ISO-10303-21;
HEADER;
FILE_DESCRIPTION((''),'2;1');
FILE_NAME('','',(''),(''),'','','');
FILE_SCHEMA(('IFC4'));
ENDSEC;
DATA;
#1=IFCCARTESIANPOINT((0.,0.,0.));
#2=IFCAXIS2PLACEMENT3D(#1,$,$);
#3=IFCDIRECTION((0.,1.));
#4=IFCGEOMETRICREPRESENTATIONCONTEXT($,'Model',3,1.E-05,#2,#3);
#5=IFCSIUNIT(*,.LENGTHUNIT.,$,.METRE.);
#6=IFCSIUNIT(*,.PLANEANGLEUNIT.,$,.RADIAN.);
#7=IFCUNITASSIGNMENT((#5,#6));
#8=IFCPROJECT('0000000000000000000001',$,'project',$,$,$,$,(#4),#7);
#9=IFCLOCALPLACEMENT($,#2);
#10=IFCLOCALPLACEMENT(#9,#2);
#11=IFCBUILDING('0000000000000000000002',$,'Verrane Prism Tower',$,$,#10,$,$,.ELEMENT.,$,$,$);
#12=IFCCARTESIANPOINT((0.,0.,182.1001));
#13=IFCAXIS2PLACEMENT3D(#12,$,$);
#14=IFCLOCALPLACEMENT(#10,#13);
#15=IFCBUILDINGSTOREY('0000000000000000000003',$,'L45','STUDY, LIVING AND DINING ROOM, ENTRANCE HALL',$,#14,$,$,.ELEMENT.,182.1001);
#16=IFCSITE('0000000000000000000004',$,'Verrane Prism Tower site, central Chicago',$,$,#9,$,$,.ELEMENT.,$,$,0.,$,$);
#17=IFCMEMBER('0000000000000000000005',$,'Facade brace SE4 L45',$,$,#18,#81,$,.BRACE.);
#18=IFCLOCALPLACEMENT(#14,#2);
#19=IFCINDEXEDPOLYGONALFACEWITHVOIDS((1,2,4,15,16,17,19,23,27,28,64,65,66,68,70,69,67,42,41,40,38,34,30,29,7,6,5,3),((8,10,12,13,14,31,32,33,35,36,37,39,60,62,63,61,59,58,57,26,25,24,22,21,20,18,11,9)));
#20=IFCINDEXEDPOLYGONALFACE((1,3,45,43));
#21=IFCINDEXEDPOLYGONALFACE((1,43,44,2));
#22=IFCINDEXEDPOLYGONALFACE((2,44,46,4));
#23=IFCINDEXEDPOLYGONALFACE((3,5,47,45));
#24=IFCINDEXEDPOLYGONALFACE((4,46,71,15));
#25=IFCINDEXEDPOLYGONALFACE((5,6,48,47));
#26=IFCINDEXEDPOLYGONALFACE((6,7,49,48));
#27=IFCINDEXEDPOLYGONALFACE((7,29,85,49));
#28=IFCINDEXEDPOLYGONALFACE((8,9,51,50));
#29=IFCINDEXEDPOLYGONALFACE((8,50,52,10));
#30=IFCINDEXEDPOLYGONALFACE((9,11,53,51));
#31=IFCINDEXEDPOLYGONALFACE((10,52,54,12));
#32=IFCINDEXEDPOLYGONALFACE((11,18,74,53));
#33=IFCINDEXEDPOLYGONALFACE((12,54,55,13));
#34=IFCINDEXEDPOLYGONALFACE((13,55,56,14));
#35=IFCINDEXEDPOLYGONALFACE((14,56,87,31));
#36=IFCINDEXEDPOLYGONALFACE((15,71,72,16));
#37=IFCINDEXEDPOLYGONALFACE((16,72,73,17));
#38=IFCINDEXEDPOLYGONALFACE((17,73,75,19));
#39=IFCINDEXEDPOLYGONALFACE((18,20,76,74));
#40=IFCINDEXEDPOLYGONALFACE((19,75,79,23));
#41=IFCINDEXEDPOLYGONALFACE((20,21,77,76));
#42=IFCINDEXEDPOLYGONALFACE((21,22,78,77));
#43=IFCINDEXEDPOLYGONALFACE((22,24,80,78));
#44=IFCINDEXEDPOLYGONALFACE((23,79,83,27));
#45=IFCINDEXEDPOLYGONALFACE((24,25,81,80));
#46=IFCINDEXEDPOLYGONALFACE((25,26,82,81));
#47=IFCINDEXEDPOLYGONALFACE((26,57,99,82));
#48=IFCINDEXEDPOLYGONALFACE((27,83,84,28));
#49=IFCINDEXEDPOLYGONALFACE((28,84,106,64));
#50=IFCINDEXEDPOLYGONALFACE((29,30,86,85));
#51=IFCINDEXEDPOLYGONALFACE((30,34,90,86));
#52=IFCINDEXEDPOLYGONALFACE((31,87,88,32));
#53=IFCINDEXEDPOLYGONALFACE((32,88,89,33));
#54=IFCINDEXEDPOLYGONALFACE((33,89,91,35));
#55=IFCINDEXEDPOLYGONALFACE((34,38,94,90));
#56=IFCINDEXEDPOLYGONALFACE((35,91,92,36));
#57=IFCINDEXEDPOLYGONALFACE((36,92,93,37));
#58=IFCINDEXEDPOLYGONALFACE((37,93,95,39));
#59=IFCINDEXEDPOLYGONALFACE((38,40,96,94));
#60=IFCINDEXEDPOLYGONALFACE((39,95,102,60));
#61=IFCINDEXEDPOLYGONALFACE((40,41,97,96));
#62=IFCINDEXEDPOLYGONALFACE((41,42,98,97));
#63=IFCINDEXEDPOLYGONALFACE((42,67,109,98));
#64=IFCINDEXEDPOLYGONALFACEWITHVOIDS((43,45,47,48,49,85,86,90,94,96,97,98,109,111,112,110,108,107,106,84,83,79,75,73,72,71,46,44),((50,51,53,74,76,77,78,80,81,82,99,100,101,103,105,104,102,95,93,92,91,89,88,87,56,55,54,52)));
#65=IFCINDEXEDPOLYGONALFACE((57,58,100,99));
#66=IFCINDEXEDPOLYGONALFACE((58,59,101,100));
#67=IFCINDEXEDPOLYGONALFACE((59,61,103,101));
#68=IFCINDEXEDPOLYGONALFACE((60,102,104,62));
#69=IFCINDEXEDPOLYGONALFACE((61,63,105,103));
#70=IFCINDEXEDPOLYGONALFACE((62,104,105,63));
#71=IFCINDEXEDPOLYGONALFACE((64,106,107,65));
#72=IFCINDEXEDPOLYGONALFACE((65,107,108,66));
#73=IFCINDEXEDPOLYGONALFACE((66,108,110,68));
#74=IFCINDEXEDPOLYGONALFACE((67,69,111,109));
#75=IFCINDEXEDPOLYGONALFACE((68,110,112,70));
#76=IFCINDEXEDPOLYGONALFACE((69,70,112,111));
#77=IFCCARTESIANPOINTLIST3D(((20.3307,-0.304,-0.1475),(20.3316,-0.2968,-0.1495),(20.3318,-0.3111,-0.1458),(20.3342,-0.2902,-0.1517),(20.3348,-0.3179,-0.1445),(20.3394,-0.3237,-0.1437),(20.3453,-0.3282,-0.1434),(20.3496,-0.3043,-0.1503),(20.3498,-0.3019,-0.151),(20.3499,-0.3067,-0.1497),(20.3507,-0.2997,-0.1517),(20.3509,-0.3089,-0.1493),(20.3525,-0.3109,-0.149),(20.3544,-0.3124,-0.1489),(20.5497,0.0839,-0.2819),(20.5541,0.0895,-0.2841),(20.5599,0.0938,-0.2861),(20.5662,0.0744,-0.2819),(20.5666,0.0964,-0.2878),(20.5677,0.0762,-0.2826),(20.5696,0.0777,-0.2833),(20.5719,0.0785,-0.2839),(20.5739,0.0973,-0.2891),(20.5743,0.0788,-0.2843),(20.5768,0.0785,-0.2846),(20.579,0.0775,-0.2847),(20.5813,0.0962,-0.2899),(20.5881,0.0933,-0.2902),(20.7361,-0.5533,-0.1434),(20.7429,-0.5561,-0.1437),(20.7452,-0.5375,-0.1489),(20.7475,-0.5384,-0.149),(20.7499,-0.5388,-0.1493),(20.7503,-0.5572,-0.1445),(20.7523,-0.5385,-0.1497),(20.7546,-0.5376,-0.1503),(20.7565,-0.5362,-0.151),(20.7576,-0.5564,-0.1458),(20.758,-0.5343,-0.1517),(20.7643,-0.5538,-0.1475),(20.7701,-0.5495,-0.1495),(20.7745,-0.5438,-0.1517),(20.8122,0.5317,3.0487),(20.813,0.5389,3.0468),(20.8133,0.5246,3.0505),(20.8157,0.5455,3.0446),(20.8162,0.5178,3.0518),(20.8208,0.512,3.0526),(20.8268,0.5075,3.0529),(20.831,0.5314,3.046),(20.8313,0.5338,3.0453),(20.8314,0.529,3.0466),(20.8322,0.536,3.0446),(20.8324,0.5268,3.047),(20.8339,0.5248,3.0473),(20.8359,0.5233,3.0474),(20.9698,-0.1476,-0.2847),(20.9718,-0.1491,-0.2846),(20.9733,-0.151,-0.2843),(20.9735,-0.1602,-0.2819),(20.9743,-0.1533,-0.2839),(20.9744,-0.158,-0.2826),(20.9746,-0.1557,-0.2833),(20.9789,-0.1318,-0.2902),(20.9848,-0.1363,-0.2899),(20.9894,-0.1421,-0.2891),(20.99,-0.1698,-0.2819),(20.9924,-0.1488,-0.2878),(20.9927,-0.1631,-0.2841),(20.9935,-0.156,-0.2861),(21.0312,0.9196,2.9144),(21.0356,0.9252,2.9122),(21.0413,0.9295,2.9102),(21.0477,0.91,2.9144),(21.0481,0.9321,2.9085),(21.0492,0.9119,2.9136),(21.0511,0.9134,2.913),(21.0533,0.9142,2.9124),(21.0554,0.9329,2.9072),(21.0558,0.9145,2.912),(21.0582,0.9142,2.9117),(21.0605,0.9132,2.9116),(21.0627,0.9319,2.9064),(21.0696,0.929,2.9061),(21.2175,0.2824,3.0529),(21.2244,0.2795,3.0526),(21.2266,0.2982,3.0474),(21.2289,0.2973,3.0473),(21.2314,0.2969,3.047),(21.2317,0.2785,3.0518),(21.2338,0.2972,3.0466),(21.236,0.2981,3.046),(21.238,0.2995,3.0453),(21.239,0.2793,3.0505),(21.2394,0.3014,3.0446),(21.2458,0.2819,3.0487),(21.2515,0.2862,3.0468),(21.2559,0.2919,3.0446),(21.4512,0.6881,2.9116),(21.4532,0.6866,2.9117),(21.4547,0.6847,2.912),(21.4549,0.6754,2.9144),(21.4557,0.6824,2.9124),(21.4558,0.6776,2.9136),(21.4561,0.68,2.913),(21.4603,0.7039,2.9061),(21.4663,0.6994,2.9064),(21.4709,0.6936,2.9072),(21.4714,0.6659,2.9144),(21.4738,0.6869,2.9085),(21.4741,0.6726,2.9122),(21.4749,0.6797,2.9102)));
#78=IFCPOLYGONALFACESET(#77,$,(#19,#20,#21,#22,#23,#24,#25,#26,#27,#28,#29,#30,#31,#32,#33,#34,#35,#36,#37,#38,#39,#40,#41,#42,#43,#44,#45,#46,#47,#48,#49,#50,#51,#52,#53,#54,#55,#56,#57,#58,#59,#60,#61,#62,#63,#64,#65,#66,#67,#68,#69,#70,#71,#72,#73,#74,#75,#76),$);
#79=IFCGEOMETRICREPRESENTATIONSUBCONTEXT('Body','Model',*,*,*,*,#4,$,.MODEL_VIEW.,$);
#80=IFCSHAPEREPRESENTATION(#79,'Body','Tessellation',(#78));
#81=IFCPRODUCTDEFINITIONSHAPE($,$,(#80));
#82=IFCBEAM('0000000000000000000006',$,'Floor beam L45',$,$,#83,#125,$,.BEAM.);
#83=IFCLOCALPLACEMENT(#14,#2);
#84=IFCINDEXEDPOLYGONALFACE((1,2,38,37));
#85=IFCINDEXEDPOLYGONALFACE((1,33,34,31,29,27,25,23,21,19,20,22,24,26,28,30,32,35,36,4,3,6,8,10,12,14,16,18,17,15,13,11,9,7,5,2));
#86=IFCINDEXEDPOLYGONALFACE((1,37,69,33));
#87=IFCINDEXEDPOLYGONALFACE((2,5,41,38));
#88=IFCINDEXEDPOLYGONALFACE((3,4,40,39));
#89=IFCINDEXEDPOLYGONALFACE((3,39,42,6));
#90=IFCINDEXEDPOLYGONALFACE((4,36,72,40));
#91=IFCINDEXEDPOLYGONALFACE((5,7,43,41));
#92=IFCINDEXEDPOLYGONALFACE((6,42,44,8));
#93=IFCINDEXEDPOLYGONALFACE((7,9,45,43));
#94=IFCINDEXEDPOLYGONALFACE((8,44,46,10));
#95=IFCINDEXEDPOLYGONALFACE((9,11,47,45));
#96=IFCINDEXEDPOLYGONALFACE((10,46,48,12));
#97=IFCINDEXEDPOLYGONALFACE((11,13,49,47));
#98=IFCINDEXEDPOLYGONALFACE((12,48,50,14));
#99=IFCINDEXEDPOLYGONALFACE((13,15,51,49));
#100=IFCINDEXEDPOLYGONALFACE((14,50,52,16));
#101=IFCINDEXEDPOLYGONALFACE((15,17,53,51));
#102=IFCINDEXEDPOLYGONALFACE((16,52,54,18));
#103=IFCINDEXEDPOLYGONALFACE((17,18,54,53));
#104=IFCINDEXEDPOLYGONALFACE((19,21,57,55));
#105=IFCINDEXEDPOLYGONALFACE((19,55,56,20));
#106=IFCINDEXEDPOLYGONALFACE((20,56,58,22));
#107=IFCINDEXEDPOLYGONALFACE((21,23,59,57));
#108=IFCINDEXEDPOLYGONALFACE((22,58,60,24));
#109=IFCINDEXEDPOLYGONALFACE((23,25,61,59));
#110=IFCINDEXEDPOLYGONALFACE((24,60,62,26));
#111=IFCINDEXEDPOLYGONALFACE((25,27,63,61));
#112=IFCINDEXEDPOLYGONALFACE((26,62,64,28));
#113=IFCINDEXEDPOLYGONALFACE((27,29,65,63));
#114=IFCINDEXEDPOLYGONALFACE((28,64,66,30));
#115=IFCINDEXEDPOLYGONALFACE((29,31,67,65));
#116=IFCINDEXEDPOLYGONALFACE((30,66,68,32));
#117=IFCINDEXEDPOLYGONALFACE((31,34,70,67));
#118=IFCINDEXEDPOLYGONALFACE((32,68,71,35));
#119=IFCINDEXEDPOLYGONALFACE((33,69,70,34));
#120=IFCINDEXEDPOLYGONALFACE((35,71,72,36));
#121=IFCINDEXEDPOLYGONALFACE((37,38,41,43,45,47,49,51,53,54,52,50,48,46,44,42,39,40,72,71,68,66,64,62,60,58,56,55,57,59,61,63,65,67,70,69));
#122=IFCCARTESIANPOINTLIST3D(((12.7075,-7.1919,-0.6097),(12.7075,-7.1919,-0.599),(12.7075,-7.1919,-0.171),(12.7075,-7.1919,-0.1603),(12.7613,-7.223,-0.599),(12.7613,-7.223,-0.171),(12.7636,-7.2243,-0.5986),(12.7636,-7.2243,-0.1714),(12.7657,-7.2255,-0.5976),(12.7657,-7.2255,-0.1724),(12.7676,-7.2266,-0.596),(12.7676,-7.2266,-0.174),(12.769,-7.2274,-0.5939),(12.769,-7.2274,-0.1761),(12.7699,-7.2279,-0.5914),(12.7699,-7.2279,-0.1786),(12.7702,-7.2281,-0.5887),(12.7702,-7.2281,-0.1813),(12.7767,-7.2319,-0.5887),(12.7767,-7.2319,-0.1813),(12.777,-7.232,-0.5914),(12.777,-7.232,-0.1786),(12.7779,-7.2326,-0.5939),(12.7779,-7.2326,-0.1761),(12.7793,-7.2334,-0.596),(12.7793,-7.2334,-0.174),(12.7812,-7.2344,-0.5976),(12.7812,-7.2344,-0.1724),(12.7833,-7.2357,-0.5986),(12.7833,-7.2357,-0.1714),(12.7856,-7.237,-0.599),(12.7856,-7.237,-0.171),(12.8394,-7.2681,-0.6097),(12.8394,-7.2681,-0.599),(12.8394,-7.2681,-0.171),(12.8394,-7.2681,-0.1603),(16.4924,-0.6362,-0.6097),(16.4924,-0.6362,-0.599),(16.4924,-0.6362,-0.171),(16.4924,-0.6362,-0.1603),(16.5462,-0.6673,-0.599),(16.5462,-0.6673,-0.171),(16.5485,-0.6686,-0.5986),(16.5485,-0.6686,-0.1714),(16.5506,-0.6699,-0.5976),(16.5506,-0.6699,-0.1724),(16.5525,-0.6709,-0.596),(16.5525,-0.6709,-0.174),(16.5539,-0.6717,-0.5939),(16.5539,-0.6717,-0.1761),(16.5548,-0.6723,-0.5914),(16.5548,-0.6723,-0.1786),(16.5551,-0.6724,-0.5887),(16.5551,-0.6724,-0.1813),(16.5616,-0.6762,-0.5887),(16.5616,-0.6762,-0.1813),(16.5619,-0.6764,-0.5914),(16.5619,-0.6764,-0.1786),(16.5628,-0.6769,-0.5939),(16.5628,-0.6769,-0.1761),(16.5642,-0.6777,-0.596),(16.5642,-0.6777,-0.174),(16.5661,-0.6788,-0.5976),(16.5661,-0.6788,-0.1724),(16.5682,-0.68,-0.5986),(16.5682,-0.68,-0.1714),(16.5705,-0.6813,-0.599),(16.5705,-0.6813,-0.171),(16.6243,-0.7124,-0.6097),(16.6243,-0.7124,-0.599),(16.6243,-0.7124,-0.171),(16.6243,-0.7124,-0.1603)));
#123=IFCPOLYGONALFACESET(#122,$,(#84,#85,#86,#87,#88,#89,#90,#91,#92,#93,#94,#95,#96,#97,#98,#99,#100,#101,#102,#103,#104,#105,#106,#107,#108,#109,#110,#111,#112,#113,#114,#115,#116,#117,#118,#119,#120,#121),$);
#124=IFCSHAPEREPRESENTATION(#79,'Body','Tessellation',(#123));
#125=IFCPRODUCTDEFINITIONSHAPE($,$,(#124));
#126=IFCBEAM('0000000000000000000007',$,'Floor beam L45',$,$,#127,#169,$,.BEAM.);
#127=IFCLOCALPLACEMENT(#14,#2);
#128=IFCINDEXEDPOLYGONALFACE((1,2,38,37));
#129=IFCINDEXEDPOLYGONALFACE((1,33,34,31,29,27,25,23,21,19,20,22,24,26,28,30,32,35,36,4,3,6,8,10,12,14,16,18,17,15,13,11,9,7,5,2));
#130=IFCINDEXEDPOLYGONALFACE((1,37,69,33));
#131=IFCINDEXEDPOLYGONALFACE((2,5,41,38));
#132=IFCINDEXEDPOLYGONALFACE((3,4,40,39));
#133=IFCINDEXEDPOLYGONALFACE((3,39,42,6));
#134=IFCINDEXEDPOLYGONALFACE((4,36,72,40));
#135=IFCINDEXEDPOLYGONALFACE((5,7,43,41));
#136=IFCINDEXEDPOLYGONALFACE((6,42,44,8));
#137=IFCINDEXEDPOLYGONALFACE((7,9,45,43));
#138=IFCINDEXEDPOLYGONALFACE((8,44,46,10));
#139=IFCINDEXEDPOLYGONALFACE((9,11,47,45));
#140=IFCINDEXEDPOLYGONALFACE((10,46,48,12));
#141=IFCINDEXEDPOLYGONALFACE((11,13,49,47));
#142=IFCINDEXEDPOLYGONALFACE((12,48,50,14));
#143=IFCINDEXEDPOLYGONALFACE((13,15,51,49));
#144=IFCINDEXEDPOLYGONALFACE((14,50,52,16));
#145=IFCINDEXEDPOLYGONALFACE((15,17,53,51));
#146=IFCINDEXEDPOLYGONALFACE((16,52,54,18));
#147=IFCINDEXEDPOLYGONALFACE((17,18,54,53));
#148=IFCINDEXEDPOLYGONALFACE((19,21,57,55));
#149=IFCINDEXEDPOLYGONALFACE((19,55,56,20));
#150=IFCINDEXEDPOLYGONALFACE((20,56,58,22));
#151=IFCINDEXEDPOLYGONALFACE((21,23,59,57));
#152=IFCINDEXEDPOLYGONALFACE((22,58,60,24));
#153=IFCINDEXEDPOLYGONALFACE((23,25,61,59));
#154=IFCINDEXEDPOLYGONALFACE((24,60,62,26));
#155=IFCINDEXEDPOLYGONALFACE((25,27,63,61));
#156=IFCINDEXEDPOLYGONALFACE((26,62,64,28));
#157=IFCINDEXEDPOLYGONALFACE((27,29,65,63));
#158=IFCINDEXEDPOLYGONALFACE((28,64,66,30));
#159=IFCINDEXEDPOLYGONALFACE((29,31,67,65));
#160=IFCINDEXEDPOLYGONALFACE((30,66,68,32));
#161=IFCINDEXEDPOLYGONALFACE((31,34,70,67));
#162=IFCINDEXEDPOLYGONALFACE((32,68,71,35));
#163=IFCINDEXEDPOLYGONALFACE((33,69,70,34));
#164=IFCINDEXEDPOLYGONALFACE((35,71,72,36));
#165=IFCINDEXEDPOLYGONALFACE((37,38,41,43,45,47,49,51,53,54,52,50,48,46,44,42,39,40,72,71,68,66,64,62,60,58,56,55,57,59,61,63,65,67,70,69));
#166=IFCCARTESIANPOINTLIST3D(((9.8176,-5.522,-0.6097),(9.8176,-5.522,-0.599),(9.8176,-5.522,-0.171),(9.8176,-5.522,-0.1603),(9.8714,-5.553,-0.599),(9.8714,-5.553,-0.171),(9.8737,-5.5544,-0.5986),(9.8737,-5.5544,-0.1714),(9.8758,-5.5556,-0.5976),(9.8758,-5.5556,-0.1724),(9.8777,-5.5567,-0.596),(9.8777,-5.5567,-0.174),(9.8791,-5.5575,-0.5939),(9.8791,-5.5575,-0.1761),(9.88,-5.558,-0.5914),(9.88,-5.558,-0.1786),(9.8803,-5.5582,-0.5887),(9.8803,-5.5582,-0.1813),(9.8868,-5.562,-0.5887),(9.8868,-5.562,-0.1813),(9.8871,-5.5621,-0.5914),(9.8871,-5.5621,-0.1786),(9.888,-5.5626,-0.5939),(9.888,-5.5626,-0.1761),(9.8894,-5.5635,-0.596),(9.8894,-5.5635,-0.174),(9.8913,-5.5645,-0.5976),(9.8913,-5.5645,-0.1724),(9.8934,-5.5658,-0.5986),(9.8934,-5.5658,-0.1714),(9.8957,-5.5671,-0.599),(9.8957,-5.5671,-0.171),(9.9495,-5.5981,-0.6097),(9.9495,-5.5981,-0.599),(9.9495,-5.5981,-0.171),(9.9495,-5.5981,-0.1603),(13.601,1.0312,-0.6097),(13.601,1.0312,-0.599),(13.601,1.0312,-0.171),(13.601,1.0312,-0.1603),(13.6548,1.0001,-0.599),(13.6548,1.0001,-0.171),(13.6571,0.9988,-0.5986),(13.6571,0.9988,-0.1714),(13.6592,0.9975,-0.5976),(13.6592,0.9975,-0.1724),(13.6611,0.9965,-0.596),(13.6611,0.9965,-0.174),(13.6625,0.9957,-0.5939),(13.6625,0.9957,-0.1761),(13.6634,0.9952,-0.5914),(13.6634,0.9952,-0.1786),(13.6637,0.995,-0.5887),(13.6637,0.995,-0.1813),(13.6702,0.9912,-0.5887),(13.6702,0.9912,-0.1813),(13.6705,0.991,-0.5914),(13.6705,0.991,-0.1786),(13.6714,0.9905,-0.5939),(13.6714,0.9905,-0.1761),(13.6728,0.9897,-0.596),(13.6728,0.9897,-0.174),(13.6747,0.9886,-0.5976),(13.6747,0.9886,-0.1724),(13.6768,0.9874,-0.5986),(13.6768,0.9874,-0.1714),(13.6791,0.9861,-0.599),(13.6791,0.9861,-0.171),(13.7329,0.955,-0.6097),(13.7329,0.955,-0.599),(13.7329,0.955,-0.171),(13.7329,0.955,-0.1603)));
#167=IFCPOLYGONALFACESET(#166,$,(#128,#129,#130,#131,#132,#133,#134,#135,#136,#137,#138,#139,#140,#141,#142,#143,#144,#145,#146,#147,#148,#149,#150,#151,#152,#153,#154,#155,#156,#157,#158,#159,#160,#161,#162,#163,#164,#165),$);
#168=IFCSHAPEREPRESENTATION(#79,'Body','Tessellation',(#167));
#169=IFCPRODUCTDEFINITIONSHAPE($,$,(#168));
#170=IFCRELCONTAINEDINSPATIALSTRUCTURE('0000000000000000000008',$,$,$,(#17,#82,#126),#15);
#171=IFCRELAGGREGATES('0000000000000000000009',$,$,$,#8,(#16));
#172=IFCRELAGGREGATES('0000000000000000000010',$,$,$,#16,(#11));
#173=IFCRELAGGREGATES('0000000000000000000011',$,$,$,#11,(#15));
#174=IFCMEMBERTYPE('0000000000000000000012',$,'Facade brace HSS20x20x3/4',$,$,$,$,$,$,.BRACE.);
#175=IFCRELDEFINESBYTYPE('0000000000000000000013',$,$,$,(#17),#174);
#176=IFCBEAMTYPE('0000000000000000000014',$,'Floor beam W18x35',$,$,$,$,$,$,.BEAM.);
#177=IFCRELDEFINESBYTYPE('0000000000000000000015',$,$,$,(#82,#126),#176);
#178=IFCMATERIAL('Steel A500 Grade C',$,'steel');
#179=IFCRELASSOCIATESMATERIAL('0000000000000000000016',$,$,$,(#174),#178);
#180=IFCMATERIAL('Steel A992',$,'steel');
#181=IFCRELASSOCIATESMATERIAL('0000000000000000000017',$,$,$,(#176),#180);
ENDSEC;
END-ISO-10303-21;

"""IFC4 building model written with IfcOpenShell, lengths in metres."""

from ifc_helpers import new_model, si_unit, direction, frame, origin, origin_2d, place, context, subcontext, project, spatial, hollow_rectangle, i_section, extrude, material, material_profile, profile_set, type_object, element, save


model = new_model("IFC4")

# Units and contexts
model_context = context("Model", 3, precision=1e-05, world=origin(), true_north=direction((0.0, 1.0)))
body_context = subcontext(model_context, "Body", "Model", "MODEL_VIEW")
ifc_project = project(units=[si_unit("LENGTHUNIT", "METRE"), si_unit("PLANEANGLEUNIT", "RADIAN")], contexts=[model_context])

# Site, building, storey
site_placement = place(None, origin())
site = spatial("IfcSite", under=ifc_project, at=site_placement, Name="Verrane Prism Tower site, central Chicago", CompositionType="ELEMENT", RefElevation=0.0)
building_placement = place(site_placement, origin())
building = spatial("IfcBuilding", under=site, at=building_placement, Name="Verrane Prism Tower", CompositionType="ELEMENT")
storey_placement = place(building_placement, frame((0.0, 0.0, 182.1001)))
storey = spatial("IfcBuildingStorey", under=building, at=storey_placement, Name="L45", Description="STUDY, LIVING AND DINING ROOM, ENTRANCE HALL", CompositionType="ELEMENT", Elevation=182.1001)

# Member
ifc_material_1 = material(Name="Steel A500 Grade C", Category="steel")
ifc_material_profile_1 = material_profile(ifc_material_1, hollow_rectangle(XDim=0.5081, YDim=0.5081, WallThickness=0.019, InnerFilletRadius=0.0095, OuterFilletRadius=0.0286, at=origin_2d()), Name="HSS20x20x3/4")
ifc_profile_set_1 = profile_set([ifc_material_profile_1], Name="Steel A500 Grade C")
member_type_1 = type_object("IfcMemberType", Name="Facade brace HSS20x20x3/4", PredefinedType="BRACE", material=ifc_profile_set_1)
member_1_placement = place(storey_placement, frame((20.6621, -0.23, -0.2168), z_axis=(0.144205, 0.25031, 0.957366), x_axis=(-0.866493, 0.499189, 0.0)))
element("IfcMember", 1, at=member_1_placement, inside=storey, type_object=member_type_1, Name="Facade brace SE4 L45", PredefinedType="BRACE", context=body_context, shape_type="SweptSolid", body=[
    extrude(hollow_rectangle(XDim=0.5081, YDim=0.5081, WallThickness=0.019, InnerFilletRadius=0.0095, OuterFilletRadius=0.0286, at=origin_2d()), origin(), (0.0, 0.0, 1.0), 3.3386),
])

# Beams
ifc_material_2 = material(Name="Steel A992", Category="steel")
ifc_material_profile_2 = material_profile(ifc_material_2, i_section(OverallWidth=0.1523, OverallDepth=0.4495, WebThickness=0.0076, FlangeThickness=0.0107, FilletRadius=0.0103, at=origin_2d()), Name="W18x35")
ifc_profile_set_2 = profile_set([ifc_material_profile_2], Name="Steel A992")
beam_type_1 = type_object("IfcBeamType", Name="Floor beam W18x35", PredefinedType="BEAM", material=ifc_profile_set_2)
beam_1_placement = place(storey_placement, frame((12.7734, -7.23, -0.385), z_axis=(0.5, 0.866026, 0.0), x_axis=(-0.866026, 0.5, 0.0)))
element("IfcBeam", 2, at=beam_1_placement, inside=storey, type_object=beam_type_1, Name="Floor beam L45", PredefinedType="BEAM", context=body_context, shape_type="SweptSolid", body=[
    extrude(i_section(OverallWidth=0.1523, OverallDepth=0.4495, WebThickness=0.0076, FlangeThickness=0.0107, FilletRadius=0.0103, at=origin_2d()), origin(), (0.0, 0.0, 1.0), 7.5698),
])
beam_2_placement = place(storey_placement, frame((9.8835, -5.5601, -0.385), z_axis=(0.499994, 0.866029, 0.0), x_axis=(-0.866029, 0.499994, 0.0)))
element("IfcBeam", 3, at=beam_2_placement, inside=storey, type_object=beam_type_1, Name="Floor beam L45", PredefinedType="BEAM", context=body_context, shape_type="SweptSolid", body=[
    extrude(i_section(OverallWidth=0.1523, OverallDepth=0.4495, WebThickness=0.0076, FlangeThickness=0.0107, FilletRadius=0.0103, at=origin_2d()), origin(), (0.0, 0.0, 1.0), 7.5669),
])

save(model, "model.ifc")
